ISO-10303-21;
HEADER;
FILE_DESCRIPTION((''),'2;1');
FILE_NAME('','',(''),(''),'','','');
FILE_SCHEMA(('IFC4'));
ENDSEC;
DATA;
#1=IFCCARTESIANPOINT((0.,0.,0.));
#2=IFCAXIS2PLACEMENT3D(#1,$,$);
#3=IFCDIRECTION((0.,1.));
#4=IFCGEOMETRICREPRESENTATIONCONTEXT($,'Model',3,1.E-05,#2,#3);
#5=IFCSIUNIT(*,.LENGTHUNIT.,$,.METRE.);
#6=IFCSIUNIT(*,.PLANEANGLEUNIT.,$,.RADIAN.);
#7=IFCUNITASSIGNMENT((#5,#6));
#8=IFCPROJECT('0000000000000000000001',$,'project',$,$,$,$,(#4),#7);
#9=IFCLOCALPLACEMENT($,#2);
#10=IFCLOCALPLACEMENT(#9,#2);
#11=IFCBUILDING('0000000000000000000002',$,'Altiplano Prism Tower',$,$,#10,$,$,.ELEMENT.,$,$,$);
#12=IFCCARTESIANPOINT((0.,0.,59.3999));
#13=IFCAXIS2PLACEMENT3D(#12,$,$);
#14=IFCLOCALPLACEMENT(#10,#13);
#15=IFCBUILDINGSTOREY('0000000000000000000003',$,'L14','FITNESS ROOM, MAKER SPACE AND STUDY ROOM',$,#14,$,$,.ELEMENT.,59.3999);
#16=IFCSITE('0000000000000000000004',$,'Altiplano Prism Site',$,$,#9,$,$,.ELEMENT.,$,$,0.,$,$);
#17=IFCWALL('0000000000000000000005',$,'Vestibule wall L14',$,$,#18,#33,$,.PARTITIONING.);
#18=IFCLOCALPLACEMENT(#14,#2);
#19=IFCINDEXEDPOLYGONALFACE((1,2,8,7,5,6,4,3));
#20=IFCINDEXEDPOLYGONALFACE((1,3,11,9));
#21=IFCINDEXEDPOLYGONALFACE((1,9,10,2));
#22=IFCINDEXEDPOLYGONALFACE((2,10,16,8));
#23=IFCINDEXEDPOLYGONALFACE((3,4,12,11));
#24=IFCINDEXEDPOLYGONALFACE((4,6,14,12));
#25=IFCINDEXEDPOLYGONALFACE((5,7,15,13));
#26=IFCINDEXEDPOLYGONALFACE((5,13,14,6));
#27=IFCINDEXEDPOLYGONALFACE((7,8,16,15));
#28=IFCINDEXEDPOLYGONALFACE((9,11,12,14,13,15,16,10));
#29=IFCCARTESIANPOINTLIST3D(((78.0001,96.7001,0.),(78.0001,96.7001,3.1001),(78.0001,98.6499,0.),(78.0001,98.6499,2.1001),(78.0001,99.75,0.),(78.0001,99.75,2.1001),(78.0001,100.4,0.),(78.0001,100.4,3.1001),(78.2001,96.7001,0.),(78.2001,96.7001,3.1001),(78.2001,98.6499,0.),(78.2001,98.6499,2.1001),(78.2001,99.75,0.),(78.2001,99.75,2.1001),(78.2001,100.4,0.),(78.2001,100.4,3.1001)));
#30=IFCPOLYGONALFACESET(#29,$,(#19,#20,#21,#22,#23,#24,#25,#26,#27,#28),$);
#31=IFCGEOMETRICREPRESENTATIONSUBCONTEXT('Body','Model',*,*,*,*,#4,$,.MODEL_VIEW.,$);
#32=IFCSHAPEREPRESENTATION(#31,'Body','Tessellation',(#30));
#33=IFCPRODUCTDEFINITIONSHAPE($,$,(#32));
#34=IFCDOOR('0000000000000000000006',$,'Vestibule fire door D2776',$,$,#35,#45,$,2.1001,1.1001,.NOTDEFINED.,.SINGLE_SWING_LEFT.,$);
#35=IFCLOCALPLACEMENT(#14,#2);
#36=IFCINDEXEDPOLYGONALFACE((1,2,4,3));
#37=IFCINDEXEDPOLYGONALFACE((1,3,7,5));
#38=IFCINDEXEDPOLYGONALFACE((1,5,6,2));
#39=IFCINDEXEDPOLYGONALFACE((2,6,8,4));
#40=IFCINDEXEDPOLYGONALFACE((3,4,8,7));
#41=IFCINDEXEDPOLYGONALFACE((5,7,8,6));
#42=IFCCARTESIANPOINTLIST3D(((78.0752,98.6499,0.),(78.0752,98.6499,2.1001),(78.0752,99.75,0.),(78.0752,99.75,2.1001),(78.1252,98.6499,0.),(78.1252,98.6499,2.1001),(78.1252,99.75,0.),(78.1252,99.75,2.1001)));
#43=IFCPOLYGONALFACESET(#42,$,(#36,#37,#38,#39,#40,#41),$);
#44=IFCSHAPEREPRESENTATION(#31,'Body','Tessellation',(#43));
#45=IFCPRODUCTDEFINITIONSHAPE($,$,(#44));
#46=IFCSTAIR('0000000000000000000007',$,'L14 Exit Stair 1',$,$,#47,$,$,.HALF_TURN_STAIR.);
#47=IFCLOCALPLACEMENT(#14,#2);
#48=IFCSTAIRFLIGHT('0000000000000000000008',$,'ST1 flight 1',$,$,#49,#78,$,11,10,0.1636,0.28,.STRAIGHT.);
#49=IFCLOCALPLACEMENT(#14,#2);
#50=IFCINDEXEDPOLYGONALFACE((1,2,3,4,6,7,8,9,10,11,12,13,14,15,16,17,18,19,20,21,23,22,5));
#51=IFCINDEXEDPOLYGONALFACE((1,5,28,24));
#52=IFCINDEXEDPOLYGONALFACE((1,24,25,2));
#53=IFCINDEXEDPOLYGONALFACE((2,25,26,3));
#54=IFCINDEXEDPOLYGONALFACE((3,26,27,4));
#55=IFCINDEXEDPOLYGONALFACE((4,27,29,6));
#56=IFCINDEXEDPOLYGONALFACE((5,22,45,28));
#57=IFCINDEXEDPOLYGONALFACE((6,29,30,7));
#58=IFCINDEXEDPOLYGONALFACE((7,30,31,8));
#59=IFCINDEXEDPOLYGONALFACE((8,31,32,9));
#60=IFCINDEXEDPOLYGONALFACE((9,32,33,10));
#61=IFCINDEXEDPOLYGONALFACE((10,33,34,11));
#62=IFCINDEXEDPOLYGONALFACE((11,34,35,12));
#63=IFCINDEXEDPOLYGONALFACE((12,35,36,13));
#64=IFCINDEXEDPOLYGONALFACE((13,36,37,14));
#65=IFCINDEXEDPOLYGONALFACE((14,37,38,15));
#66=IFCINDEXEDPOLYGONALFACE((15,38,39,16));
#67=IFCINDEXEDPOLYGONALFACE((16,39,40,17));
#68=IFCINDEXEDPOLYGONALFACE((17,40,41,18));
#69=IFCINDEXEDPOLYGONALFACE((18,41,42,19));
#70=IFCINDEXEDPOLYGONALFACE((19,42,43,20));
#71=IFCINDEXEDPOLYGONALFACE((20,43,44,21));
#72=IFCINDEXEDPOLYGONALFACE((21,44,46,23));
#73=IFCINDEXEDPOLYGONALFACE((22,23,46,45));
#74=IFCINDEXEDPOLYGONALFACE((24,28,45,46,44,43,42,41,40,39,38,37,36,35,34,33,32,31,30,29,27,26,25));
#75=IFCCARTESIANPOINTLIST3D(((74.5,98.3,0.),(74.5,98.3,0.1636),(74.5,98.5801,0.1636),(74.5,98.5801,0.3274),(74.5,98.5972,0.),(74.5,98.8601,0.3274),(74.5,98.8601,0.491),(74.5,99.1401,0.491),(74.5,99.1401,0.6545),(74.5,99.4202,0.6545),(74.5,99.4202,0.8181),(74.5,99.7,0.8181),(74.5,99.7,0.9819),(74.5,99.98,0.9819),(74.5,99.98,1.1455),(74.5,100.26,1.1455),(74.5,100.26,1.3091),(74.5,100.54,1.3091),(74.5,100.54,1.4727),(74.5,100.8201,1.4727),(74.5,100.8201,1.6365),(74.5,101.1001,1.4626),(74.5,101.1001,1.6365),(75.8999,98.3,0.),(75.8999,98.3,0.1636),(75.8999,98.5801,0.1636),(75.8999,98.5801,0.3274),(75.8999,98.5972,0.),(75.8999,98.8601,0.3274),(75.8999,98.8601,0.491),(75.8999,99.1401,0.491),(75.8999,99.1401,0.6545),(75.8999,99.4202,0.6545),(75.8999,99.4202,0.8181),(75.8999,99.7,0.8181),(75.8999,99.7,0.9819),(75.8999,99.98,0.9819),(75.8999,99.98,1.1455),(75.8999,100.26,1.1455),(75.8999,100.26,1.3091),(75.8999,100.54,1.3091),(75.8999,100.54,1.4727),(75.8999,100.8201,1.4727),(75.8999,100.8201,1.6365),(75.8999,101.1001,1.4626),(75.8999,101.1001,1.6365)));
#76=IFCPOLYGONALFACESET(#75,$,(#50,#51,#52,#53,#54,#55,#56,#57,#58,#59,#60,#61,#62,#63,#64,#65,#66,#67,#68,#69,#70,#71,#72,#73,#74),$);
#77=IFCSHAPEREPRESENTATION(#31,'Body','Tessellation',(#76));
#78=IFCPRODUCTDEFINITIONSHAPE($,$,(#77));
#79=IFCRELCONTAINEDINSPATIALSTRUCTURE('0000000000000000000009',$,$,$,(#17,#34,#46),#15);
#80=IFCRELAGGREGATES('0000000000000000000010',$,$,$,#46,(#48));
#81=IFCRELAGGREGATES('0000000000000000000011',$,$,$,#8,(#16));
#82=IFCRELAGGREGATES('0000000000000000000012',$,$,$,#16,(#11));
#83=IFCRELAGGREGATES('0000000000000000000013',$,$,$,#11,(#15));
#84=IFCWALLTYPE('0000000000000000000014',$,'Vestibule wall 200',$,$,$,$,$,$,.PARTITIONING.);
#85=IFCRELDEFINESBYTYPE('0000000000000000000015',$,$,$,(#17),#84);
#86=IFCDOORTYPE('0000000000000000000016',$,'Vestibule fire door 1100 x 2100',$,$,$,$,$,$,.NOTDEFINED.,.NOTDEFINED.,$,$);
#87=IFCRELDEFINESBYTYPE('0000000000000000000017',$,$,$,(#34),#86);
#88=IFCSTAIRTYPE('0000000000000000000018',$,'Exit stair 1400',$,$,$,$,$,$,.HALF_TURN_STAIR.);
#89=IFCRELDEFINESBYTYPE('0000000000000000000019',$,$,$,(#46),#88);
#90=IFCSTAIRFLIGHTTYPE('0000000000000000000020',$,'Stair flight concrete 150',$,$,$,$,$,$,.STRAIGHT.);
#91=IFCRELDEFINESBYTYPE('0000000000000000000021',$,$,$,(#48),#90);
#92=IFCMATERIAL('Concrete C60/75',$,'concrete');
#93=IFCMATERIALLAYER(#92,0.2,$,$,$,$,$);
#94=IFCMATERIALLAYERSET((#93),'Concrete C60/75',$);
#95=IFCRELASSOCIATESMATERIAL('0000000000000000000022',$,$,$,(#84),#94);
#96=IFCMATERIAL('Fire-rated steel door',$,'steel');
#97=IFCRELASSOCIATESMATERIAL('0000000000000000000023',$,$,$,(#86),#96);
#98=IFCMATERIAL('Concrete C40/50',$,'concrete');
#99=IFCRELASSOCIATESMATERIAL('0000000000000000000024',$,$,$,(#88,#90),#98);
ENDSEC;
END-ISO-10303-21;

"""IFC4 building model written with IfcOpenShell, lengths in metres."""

from ifc_helpers import new_model, si_unit, direction, frame, frame_2d, origin, place, context, subcontext, project, spatial, polyline, rectangle, outline, extrude, material, layer, layer_set, type_object, element, fill, aggregate, save


model = new_model("IFC4")

# Units and contexts
model_context = context("Model", 3, precision=1e-05, world=origin(), true_north=direction((0.0, 1.0)))
body_context = subcontext(model_context, "Body", "Model", "MODEL_VIEW")
ifc_project = project(units=[si_unit("LENGTHUNIT", "METRE"), si_unit("PLANEANGLEUNIT", "RADIAN")], contexts=[model_context])

# Site, building, storey
site_placement = place(None, origin())
site = spatial("IfcSite", under=ifc_project, at=site_placement, Name="Altiplano Prism Site", CompositionType="ELEMENT", RefElevation=0.0)
building_placement = place(site_placement, origin())
building = spatial("IfcBuilding", under=site, at=building_placement, Name="Altiplano Prism Tower", CompositionType="ELEMENT")
storey_placement = place(building_placement, frame((0.0, 0.0, 59.3999)))
storey = spatial("IfcBuildingStorey", under=building, at=storey_placement, Name="L14", Description="FITNESS ROOM, MAKER SPACE AND STUDY ROOM", CompositionType="ELEMENT", Elevation=59.3999)

# Shared definitions
ifc_material_1 = material(Name="Fire-rated steel door", Category="steel")

# Shared definitions
ifc_material_2 = material(Name="Concrete C60/75", Category="concrete")

# Shared definitions
ifc_layer_1 = layer(ifc_material_2, 0.2)
ifc_layer_set_1 = layer_set([ifc_layer_1], Name="Concrete C60/75")
wall_type_1 = type_object("IfcWallType", Name="Vestibule wall 200", PredefinedType="PARTITIONING", material=ifc_layer_set_1)

# Wall, opening, door
wall_1_placement = place(storey_placement, frame((78.1001, 96.7, 0.0), z_axis=(0.0, 0.0, 1.0), x_axis=(0.0, 1.0, 0.0)))
wall_1 = element("IfcWall", 1, at=wall_1_placement, inside=storey, type_object=wall_type_1, Name="Vestibule wall L14", PredefinedType="PARTITIONING", context=body_context, shape_type="SweptSolid", body=[
    extrude(rectangle(XDim=3.7, YDim=0.2, at=frame_2d((1.8501, 0.0))), origin(), (0.0, 0.0, 1.0), 3.1001),
])
opening_1_placement = place(wall_1_placement, frame((1.95, 0.0, 0.0)))
opening_1 = element("IfcOpeningElement", 2, at=opening_1_placement, cuts=wall_1, PredefinedType="OPENING", context=body_context, shape_type="SweptSolid", body=[
    extrude(rectangle(XDim=1.1001, YDim=2.1001, at=frame_2d((0.55, 1.05))), frame((0.0, 0.1104, 0.0), z_axis=(0.0, -1.0, 0.0), x_axis=(1.0, 0.0, 0.0)), (0.0, 0.0, 1.0), 0.2209),
])
door_type_1 = type_object("IfcDoorType", Name="Vestibule fire door 1100 x 2100", OperationType="NOTDEFINED", PredefinedType="NOTDEFINED", material=ifc_material_1)
door_1_placement = place(opening_1_placement, origin())
door_1 = element("IfcDoor", 3, at=door_1_placement, inside=storey, type_object=door_type_1, Name="Vestibule fire door D2776", OperationType="SINGLE_SWING_LEFT", OverallHeight=2.1001, OverallWidth=1.1001, PredefinedType="NOTDEFINED", context=body_context, shape_type="SweptSolid", body=[
    extrude(rectangle(XDim=1.1001, YDim=2.1001, at=frame_2d((0.55, 1.05))), frame((0.0, 0.0249, 0.0), z_axis=(0.0, -1.0, 0.0), x_axis=(1.0, 0.0, 0.0)), (0.0, 0.0, 1.0), 0.05),
])
fill(opening_1, door_1)

# Stair, stair flight
ifc_material_3 = material(Name="Concrete C40/50", Category="concrete")
stair_type = type_object("IfcStairType", Name="Exit stair 1400", PredefinedType="HALF_TURN_STAIR", material=ifc_material_3)
stair_placement = place(storey_placement, origin())
stair = element("IfcStair", 4, at=stair_placement, inside=storey, type_object=stair_type, Name="L14 Exit Stair 1", PredefinedType="HALF_TURN_STAIR")
stair_flight_type = type_object("IfcStairFlightType", Name="Stair flight concrete 150", PredefinedType="STRAIGHT", material=ifc_material_3)
stair_flight_placement = place(storey_placement, frame((75.2, 98.3, 0.0), z_axis=(0.0, 0.0, 1.0), x_axis=(0.0, 1.0, 0.0)))
stair_flight = element("IfcStairFlight", 5, at=stair_flight_placement, type_object=stair_flight_type, Name="ST1 flight 1", NumberOfRisers=11, NumberOfTreads=10, PredefinedType="STRAIGHT", RiserHeight=0.1636, TreadLength=0.28, context=body_context, shape_type="SweptSolid", body=[
    extrude(outline(polyline([(0.0, 0.0), (0.0, 0.1636), (0.28, 0.1636), (0.28, 0.3274), (0.5601, 0.3274), (0.5601, 0.491), (0.8401, 0.491), (0.8401, 0.6545), (1.1201, 0.6545), (1.1201, 0.8181), (1.3999, 0.8181), (1.3999, 0.9819), (1.6799, 0.9819), (1.6799, 1.1455), (1.96, 1.1455), (1.96, 1.3091), (2.24, 1.3091), (2.24, 1.4727), (2.52, 1.4727), (2.52, 1.6365), (2.8, 1.6365), (2.8, 1.8), (2.8, 1.4626), (0.2971, 0.0), (0.0, 0.0)])), frame((0.0, 0.7, 0.0), z_axis=(0.0, -1.0, 0.0), x_axis=(1.0, 0.0, 0.0)), (0.0, 0.0, 1.0), 1.3999),
])
aggregate(stair, [stair_flight])

save(model, "model.ifc")
